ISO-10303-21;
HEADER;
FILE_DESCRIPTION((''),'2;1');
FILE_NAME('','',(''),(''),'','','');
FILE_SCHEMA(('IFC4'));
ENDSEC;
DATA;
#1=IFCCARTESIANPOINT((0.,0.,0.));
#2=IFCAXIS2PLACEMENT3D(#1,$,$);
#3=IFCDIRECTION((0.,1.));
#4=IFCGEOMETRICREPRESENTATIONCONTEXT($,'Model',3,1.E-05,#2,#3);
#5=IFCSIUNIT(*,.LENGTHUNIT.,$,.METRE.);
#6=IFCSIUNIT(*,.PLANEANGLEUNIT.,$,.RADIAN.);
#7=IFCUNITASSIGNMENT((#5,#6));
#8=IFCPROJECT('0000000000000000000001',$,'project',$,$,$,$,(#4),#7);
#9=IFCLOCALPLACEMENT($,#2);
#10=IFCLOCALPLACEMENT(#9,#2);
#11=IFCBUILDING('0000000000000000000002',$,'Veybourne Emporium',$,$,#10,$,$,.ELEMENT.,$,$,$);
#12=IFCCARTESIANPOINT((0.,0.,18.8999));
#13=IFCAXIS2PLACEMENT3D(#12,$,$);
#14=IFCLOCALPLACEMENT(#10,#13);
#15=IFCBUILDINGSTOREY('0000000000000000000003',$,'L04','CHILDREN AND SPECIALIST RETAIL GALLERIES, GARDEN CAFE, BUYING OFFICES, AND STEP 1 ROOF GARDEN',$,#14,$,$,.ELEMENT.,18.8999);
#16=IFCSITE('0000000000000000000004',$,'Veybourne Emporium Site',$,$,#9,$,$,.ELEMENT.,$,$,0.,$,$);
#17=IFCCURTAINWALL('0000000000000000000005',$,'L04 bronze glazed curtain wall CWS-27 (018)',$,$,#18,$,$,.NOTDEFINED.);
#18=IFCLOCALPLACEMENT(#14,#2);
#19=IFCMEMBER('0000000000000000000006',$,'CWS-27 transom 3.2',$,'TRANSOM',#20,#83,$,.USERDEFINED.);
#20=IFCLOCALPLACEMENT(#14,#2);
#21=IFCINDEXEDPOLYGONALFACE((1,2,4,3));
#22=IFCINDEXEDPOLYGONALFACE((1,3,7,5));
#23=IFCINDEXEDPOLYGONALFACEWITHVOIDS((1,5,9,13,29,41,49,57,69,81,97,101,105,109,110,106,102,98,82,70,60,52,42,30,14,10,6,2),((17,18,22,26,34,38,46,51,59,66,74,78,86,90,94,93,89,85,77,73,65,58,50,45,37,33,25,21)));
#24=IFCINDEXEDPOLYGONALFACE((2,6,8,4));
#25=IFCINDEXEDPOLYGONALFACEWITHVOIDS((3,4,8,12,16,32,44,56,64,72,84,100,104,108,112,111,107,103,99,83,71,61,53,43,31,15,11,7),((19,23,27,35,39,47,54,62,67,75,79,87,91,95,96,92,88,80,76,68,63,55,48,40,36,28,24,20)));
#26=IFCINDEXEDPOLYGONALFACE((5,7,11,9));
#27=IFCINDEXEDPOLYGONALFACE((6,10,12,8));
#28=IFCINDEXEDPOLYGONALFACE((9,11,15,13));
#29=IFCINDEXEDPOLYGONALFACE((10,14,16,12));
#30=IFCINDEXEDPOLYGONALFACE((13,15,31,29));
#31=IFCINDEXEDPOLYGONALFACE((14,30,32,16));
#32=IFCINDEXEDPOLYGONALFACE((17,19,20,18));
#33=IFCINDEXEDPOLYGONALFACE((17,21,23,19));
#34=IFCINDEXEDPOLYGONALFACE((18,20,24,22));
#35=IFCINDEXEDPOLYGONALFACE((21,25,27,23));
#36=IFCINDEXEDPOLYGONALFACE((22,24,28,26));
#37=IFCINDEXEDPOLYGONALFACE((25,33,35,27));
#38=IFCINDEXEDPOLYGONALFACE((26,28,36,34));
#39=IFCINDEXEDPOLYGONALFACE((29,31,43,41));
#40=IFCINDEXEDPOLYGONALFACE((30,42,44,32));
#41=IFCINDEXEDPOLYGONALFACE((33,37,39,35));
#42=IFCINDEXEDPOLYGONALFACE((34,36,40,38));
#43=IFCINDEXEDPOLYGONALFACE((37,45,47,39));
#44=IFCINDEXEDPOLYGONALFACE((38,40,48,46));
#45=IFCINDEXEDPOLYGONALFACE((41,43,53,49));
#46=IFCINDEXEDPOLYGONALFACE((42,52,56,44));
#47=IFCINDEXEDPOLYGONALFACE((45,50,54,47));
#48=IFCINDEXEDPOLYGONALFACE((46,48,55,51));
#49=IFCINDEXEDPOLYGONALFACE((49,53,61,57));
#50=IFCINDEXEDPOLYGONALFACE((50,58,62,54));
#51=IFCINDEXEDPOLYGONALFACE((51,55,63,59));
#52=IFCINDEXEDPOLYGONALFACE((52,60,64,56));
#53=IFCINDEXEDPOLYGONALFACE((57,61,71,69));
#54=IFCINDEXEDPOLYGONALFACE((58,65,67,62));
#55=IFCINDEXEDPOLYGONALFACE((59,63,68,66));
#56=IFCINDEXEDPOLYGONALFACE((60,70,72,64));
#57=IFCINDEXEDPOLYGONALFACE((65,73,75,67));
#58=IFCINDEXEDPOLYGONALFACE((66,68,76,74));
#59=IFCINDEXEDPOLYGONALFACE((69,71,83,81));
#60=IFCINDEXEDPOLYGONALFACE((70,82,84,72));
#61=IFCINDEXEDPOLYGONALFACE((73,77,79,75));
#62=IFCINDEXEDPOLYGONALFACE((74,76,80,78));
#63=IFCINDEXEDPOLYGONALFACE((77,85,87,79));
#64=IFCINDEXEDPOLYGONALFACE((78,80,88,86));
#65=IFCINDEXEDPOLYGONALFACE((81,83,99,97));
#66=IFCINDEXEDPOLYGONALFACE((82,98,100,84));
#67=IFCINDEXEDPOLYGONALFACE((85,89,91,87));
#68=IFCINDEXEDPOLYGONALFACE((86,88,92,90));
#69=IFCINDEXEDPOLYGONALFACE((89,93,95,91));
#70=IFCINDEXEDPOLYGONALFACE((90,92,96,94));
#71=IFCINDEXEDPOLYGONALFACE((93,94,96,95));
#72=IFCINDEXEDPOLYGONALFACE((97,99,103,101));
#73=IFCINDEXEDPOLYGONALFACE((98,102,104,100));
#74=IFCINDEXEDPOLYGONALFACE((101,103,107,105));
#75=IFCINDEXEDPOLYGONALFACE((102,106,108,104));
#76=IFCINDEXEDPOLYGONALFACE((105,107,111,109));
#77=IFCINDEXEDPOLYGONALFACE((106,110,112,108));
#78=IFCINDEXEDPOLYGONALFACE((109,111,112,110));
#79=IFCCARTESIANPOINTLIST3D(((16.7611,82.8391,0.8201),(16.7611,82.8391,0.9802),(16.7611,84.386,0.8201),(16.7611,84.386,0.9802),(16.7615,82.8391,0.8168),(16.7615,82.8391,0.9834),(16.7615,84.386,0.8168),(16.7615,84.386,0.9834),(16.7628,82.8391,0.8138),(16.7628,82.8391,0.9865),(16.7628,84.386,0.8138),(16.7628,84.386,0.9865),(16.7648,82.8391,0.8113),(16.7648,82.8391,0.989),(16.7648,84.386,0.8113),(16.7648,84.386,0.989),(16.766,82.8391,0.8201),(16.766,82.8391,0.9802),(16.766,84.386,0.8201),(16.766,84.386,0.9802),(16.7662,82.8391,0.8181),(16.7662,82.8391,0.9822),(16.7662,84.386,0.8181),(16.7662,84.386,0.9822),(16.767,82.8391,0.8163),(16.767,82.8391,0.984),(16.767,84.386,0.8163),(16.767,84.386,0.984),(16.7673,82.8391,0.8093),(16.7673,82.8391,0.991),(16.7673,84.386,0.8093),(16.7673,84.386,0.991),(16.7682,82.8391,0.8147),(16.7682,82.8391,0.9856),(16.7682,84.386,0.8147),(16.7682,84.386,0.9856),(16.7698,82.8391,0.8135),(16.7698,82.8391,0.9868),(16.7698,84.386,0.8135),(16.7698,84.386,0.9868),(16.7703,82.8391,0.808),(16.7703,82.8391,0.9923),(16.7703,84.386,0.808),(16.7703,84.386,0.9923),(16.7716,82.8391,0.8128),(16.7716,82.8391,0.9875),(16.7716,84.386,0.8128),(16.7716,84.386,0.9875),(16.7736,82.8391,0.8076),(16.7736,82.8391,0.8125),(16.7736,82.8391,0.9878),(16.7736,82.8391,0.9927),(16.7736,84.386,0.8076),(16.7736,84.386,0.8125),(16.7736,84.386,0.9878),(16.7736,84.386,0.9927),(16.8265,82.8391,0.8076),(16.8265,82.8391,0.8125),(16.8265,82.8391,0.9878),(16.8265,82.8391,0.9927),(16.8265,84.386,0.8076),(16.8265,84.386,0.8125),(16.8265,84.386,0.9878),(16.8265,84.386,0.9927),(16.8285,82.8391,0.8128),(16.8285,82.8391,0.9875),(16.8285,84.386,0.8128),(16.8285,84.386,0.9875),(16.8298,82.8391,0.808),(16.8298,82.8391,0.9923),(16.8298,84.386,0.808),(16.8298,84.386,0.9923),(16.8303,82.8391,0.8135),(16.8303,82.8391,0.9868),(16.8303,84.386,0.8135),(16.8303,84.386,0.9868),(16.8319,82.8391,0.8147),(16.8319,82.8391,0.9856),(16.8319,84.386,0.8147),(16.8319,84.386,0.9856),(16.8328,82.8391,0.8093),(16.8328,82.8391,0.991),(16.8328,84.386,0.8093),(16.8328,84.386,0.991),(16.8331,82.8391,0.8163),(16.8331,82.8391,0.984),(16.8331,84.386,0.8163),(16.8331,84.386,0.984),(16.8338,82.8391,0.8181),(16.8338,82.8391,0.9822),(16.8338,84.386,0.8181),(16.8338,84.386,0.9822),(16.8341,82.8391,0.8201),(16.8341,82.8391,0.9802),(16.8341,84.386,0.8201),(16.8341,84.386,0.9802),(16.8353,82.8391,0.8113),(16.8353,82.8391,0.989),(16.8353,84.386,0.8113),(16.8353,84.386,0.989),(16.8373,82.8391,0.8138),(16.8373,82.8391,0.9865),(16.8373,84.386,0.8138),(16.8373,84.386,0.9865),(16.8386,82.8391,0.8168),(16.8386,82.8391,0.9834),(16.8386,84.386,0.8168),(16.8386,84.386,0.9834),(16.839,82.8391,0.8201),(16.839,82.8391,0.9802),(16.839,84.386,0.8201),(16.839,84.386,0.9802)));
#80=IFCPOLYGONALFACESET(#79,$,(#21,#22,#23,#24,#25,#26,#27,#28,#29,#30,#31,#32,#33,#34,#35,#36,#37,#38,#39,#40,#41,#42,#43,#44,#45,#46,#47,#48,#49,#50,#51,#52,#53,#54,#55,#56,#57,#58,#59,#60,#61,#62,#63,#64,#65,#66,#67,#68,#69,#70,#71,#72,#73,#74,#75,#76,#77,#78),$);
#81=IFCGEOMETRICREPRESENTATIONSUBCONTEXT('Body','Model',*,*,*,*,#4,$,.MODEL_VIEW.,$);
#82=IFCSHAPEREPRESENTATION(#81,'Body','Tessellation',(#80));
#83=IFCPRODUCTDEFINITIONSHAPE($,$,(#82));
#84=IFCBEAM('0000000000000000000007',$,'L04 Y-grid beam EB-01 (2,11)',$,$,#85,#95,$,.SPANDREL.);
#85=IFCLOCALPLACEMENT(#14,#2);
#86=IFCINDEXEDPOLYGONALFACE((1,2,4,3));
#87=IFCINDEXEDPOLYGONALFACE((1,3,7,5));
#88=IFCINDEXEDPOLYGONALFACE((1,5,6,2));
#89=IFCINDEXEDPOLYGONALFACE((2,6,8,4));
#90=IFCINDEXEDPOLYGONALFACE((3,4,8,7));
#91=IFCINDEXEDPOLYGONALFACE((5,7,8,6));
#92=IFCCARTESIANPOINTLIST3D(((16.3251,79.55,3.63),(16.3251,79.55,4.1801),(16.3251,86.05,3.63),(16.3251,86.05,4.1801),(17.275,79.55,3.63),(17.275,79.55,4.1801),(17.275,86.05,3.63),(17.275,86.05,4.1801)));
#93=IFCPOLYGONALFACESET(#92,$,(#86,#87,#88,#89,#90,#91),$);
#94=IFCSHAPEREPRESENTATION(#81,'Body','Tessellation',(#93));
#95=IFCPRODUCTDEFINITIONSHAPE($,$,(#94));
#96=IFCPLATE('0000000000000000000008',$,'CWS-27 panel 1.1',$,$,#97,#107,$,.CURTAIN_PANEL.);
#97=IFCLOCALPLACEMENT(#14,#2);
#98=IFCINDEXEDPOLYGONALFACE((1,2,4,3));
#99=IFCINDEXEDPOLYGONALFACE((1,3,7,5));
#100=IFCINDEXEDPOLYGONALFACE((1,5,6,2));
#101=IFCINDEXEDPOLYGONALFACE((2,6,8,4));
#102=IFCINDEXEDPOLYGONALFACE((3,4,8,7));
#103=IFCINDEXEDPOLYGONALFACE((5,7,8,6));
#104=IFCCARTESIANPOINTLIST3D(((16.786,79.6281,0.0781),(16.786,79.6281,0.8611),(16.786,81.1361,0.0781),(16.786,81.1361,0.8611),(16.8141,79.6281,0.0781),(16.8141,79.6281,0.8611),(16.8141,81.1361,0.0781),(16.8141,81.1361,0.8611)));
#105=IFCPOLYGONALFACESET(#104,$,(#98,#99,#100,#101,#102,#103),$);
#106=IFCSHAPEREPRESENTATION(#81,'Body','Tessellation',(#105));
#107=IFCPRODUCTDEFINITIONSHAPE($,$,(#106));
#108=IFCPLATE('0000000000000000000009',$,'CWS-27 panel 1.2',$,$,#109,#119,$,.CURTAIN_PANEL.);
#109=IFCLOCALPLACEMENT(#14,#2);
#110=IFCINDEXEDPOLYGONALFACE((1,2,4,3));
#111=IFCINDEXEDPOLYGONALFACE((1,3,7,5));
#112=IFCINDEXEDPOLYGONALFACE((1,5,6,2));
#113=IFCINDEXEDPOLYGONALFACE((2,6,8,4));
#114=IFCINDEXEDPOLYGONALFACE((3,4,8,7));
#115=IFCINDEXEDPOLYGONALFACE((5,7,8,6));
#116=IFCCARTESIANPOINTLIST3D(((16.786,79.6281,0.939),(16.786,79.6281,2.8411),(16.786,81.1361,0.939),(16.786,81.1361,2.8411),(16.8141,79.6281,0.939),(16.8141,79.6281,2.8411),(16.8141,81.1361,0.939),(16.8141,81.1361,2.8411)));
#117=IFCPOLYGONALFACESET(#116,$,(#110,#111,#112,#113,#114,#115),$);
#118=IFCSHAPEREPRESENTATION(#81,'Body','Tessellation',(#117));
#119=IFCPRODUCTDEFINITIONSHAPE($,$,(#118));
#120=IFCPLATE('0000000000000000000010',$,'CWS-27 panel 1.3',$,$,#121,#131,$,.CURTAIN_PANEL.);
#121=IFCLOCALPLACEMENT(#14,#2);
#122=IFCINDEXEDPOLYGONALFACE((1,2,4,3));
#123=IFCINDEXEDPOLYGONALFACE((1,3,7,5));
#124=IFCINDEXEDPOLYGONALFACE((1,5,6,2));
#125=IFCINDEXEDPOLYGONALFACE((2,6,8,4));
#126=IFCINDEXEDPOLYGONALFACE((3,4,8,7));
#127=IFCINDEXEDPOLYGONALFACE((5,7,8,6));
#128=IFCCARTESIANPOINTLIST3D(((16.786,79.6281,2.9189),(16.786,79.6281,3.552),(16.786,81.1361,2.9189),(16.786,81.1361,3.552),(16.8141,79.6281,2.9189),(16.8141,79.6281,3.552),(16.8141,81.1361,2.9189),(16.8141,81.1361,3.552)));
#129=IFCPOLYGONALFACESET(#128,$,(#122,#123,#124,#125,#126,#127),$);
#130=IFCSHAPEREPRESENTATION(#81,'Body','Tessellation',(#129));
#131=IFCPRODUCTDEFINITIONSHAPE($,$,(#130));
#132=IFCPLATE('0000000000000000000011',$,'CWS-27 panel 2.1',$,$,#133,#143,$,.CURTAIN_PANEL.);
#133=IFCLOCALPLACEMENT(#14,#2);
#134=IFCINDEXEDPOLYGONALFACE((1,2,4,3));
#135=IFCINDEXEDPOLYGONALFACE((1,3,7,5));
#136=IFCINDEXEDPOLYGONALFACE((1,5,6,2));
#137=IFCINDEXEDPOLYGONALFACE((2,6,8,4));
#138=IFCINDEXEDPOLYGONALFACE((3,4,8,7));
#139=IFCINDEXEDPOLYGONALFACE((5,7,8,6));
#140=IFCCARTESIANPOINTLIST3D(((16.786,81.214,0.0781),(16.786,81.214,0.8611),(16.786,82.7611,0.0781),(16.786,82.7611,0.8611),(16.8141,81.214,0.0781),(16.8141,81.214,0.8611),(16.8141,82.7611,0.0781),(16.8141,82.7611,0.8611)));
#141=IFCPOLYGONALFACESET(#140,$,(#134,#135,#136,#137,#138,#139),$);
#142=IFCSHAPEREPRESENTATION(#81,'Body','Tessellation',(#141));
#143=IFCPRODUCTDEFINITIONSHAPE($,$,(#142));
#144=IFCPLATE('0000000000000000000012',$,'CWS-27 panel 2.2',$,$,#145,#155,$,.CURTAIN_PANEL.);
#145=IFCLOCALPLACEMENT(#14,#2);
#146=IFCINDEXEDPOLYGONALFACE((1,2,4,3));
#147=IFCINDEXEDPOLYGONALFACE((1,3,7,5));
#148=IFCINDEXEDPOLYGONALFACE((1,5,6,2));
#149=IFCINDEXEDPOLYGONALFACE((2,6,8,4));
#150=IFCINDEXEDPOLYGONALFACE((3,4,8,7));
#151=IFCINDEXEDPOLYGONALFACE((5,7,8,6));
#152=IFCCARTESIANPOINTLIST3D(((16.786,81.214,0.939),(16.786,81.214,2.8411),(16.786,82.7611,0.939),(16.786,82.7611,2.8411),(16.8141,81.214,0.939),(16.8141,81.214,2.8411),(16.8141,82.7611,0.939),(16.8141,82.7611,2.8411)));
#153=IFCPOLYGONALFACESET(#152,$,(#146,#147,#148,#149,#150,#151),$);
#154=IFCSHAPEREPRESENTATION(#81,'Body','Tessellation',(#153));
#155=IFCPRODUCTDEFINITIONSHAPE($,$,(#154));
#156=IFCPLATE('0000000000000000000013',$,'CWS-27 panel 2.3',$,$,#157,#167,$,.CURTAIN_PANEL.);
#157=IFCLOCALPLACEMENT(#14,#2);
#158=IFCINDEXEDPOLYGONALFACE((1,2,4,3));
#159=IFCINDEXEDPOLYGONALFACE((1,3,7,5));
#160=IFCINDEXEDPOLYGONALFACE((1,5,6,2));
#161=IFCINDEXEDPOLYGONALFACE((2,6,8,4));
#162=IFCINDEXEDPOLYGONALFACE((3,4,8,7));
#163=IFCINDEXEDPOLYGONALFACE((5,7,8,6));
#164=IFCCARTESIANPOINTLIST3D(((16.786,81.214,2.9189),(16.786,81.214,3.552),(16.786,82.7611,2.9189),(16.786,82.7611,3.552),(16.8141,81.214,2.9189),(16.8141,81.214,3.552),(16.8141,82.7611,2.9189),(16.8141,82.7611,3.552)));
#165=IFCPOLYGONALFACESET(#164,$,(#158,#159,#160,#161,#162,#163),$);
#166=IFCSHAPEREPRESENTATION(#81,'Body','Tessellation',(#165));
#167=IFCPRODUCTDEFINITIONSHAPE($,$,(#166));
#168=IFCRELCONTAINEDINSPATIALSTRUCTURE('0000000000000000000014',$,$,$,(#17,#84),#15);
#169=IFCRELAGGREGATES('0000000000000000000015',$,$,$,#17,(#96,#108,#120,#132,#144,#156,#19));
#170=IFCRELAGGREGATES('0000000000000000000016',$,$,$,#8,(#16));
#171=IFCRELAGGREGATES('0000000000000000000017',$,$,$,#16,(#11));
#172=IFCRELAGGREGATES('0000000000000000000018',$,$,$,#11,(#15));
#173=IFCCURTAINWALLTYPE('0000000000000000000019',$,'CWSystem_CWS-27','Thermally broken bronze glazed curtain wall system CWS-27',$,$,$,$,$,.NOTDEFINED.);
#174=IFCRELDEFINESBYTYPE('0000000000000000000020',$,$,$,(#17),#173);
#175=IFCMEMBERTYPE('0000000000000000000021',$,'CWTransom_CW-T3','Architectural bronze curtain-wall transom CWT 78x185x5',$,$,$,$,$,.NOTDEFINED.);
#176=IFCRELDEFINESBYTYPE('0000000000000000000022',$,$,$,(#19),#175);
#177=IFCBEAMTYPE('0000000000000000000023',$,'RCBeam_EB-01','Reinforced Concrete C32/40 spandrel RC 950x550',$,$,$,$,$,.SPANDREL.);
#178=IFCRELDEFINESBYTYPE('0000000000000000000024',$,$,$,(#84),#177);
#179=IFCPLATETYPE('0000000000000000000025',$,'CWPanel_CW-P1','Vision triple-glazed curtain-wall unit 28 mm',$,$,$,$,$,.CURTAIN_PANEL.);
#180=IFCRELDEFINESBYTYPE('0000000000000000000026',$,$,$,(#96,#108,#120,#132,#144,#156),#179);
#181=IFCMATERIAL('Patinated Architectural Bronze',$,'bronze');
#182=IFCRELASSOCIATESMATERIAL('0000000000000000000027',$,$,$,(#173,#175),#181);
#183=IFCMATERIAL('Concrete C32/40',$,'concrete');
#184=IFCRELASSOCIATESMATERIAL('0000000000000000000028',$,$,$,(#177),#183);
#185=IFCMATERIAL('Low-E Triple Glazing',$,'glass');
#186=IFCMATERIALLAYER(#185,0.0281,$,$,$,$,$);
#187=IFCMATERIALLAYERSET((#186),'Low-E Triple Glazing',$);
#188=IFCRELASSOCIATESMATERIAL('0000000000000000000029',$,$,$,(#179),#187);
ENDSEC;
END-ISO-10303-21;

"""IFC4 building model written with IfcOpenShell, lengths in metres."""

from ifc_helpers import new_model, si_unit, direction, frame, origin, origin_2d, place, context, subcontext, project, spatial, rectangle, hollow_rectangle, extrude, material, layer, layer_set, material_profile, profile_set, type_object, element, aggregate, save


model = new_model("IFC4")

# Units and contexts
model_context = context("Model", 3, precision=1e-05, world=origin(), true_north=direction((0.0, 1.0)))
body_context = subcontext(model_context, "Body", "Model", "MODEL_VIEW")
ifc_project = project(units=[si_unit("LENGTHUNIT", "METRE"), si_unit("PLANEANGLEUNIT", "RADIAN")], contexts=[model_context])

# Site, building, storey
site_placement = place(None, origin())
site = spatial("IfcSite", under=ifc_project, at=site_placement, Name="Veybourne Emporium Site", CompositionType="ELEMENT", RefElevation=0.0)
building_placement = place(site_placement, origin())
building = spatial("IfcBuilding", under=site, at=building_placement, Name="Veybourne Emporium", CompositionType="ELEMENT")
storey_placement = place(building_placement, frame((0.0, 0.0, 18.8999)))
storey = spatial("IfcBuildingStorey", under=building, at=storey_placement, Name="L04", Description="CHILDREN AND SPECIALIST RETAIL GALLERIES, GARDEN CAFE, BUYING OFFICES, AND STEP 1 ROOF GARDEN", CompositionType="ELEMENT", Elevation=18.8999)

# Curtain wall, member
ifc_material_1 = material(Name="Patinated Architectural Bronze", Category="bronze")
curtain_wall_type = type_object("IfcCurtainWallType", Name="CWSystem_CWS-27", Description="Thermally broken bronze glazed curtain wall system CWS-27", PredefinedType="NOTDEFINED", material=ifc_material_1)
curtain_wall_placement = place(storey_placement, origin())
curtain_wall = element("IfcCurtainWall", 1, at=curtain_wall_placement, inside=storey, type_object=curtain_wall_type, Name="L04 bronze glazed curtain wall CWS-27 (018)", PredefinedType="NOTDEFINED")
ifc_material_profile_1 = material_profile(ifc_material_1, hollow_rectangle(XDim=0.0779, YDim=0.1851, WallThickness=0.0049, InnerFilletRadius=0.0076, OuterFilletRadius=0.0125, at=origin_2d()), Name="CWT 78x185x5")
ifc_profile_set_1 = profile_set([ifc_material_profile_1], Name="Patinated Architectural Bronze")
member_type_1 = type_object("IfcMemberType", Name="CWTransom_CW-T3", Description="Architectural bronze curtain-wall transom CWT 78x185x5", PredefinedType="NOTDEFINED", material=ifc_profile_set_1)
member_1_placement = place(storey_placement, frame((16.8, 82.8391, 0.9001), z_axis=(0.0, 1.0, 0.0), x_axis=(-1.0, 0.0, 0.0)))
member_1 = element("IfcMember", 2, at=member_1_placement, type_object=member_type_1, Name="CWS-27 transom 3.2", ObjectType="TRANSOM", PredefinedType="USERDEFINED", context=body_context, shape_type="SweptSolid", body=[
    extrude(hollow_rectangle(XDim=0.0779, YDim=0.1851, WallThickness=0.0049, InnerFilletRadius=0.0076, OuterFilletRadius=0.0125, at=origin_2d()), origin(), (0.0, 0.0, 1.0), 1.5469),
])

# Beam
ifc_material_2 = material(Name="Concrete C32/40", Category="concrete")
ifc_material_profile_2 = material_profile(ifc_material_2, rectangle(XDim=0.95, YDim=0.55, at=origin_2d()), Name="RC 950x550")
ifc_profile_set_2 = profile_set([ifc_material_profile_2], Name="Concrete C32/40")
beam_type = type_object("IfcBeamType", Name="RCBeam_EB-01", Description="Reinforced Concrete C32/40 spandrel RC 950x550", PredefinedType="SPANDREL", material=ifc_profile_set_2)
beam_placement = place(storey_placement, frame((16.8, 79.55, 3.905), z_axis=(0.0, 1.0, 0.0), x_axis=(-1.0, 0.0, 0.0)))
element("IfcBeam", 3, at=beam_placement, inside=storey, type_object=beam_type, Name="L04 Y-grid beam EB-01 (2,11)", PredefinedType="SPANDREL", context=body_context, shape_type="SweptSolid", body=[
    extrude(rectangle(XDim=0.95, YDim=0.55, at=origin_2d()), origin(), (0.0, 0.0, 1.0), 6.5),
])

# Plates
ifc_material_3 = material(Name="Low-E Triple Glazing", Category="glass")
ifc_layer_1 = layer(ifc_material_3, 0.0281)
ifc_layer_set_1 = layer_set([ifc_layer_1], Name="Low-E Triple Glazing")
plate_type = type_object("IfcPlateType", Name="CWPanel_CW-P1", Description="Vision triple-glazed curtain-wall unit 28 mm", PredefinedType="CURTAIN_PANEL", material=ifc_layer_set_1)
plate_1_placement = place(storey_placement, frame((16.8, 80.3821, 0.0781), z_axis=(0.0, 0.0, 1.0), x_axis=(0.0, 1.0, 0.0)))
plate_1 = element("IfcPlate", 4, at=plate_1_placement, type_object=plate_type, Name="CWS-27 panel 1.1", PredefinedType="CURTAIN_PANEL", context=body_context, shape_type="SweptSolid", body=[
    extrude(rectangle(XDim=1.5081, YDim=0.0281, at=origin_2d()), origin(), (0.0, 0.0, 1.0), 0.783),
])
plate_2_placement = place(storey_placement, frame((16.8, 80.3821, 0.939), z_axis=(0.0, 0.0, 1.0), x_axis=(0.0, 1.0, 0.0)))
plate_2 = element("IfcPlate", 5, at=plate_2_placement, type_object=plate_type, Name="CWS-27 panel 1.2", PredefinedType="CURTAIN_PANEL", context=body_context, shape_type="SweptSolid", body=[
    extrude(rectangle(XDim=1.5081, YDim=0.0281, at=origin_2d()), origin(), (0.0, 0.0, 1.0), 1.9021),
])
plate_3_placement = place(storey_placement, frame((16.8, 80.3821, 2.9189), z_axis=(0.0, 0.0, 1.0), x_axis=(0.0, 1.0, 0.0)))
plate_3 = element("IfcPlate", 6, at=plate_3_placement, type_object=plate_type, Name="CWS-27 panel 1.3", PredefinedType="CURTAIN_PANEL", context=body_context, shape_type="SweptSolid", body=[
    extrude(rectangle(XDim=1.5081, YDim=0.0281, at=origin_2d()), origin(), (0.0, 0.0, 1.0), 0.6331),
])
plate_4_placement = place(storey_placement, frame((16.8, 81.9875, 0.0781), z_axis=(0.0, 0.0, 1.0), x_axis=(0.0, 1.0, 0.0)))
plate_4 = element("IfcPlate", 7, at=plate_4_placement, type_object=plate_type, Name="CWS-27 panel 2.1", PredefinedType="CURTAIN_PANEL", context=body_context, shape_type="SweptSolid", body=[
    extrude(rectangle(XDim=1.5471, YDim=0.0281, at=origin_2d()), origin(), (0.0, 0.0, 1.0), 0.783),
])
plate_5_placement = place(storey_placement, frame((16.8, 81.9875, 0.939), z_axis=(0.0, 0.0, 1.0), x_axis=(0.0, 1.0, 0.0)))
plate_5 = element("IfcPlate", 8, at=plate_5_placement, type_object=plate_type, Name="CWS-27 panel 2.2", PredefinedType="CURTAIN_PANEL", context=body_context, shape_type="SweptSolid", body=[
    extrude(rectangle(XDim=1.5471, YDim=0.0281, at=origin_2d()), origin(), (0.0, 0.0, 1.0), 1.9021),
])
plate_6_placement = place(storey_placement, frame((16.8, 81.9875, 2.9189), z_axis=(0.0, 0.0, 1.0), x_axis=(0.0, 1.0, 0.0)))
plate_6 = element("IfcPlate", 9, at=plate_6_placement, type_object=plate_type, Name="CWS-27 panel 2.3", PredefinedType="CURTAIN_PANEL", context=body_context, shape_type="SweptSolid", body=[
    extrude(rectangle(XDim=1.5471, YDim=0.0281, at=origin_2d()), origin(), (0.0, 0.0, 1.0), 0.6331),
])
aggregate(curtain_wall, [plate_1, plate_2, plate_3, plate_4, plate_5, plate_6, member_1])

save(model, "model.ifc")
